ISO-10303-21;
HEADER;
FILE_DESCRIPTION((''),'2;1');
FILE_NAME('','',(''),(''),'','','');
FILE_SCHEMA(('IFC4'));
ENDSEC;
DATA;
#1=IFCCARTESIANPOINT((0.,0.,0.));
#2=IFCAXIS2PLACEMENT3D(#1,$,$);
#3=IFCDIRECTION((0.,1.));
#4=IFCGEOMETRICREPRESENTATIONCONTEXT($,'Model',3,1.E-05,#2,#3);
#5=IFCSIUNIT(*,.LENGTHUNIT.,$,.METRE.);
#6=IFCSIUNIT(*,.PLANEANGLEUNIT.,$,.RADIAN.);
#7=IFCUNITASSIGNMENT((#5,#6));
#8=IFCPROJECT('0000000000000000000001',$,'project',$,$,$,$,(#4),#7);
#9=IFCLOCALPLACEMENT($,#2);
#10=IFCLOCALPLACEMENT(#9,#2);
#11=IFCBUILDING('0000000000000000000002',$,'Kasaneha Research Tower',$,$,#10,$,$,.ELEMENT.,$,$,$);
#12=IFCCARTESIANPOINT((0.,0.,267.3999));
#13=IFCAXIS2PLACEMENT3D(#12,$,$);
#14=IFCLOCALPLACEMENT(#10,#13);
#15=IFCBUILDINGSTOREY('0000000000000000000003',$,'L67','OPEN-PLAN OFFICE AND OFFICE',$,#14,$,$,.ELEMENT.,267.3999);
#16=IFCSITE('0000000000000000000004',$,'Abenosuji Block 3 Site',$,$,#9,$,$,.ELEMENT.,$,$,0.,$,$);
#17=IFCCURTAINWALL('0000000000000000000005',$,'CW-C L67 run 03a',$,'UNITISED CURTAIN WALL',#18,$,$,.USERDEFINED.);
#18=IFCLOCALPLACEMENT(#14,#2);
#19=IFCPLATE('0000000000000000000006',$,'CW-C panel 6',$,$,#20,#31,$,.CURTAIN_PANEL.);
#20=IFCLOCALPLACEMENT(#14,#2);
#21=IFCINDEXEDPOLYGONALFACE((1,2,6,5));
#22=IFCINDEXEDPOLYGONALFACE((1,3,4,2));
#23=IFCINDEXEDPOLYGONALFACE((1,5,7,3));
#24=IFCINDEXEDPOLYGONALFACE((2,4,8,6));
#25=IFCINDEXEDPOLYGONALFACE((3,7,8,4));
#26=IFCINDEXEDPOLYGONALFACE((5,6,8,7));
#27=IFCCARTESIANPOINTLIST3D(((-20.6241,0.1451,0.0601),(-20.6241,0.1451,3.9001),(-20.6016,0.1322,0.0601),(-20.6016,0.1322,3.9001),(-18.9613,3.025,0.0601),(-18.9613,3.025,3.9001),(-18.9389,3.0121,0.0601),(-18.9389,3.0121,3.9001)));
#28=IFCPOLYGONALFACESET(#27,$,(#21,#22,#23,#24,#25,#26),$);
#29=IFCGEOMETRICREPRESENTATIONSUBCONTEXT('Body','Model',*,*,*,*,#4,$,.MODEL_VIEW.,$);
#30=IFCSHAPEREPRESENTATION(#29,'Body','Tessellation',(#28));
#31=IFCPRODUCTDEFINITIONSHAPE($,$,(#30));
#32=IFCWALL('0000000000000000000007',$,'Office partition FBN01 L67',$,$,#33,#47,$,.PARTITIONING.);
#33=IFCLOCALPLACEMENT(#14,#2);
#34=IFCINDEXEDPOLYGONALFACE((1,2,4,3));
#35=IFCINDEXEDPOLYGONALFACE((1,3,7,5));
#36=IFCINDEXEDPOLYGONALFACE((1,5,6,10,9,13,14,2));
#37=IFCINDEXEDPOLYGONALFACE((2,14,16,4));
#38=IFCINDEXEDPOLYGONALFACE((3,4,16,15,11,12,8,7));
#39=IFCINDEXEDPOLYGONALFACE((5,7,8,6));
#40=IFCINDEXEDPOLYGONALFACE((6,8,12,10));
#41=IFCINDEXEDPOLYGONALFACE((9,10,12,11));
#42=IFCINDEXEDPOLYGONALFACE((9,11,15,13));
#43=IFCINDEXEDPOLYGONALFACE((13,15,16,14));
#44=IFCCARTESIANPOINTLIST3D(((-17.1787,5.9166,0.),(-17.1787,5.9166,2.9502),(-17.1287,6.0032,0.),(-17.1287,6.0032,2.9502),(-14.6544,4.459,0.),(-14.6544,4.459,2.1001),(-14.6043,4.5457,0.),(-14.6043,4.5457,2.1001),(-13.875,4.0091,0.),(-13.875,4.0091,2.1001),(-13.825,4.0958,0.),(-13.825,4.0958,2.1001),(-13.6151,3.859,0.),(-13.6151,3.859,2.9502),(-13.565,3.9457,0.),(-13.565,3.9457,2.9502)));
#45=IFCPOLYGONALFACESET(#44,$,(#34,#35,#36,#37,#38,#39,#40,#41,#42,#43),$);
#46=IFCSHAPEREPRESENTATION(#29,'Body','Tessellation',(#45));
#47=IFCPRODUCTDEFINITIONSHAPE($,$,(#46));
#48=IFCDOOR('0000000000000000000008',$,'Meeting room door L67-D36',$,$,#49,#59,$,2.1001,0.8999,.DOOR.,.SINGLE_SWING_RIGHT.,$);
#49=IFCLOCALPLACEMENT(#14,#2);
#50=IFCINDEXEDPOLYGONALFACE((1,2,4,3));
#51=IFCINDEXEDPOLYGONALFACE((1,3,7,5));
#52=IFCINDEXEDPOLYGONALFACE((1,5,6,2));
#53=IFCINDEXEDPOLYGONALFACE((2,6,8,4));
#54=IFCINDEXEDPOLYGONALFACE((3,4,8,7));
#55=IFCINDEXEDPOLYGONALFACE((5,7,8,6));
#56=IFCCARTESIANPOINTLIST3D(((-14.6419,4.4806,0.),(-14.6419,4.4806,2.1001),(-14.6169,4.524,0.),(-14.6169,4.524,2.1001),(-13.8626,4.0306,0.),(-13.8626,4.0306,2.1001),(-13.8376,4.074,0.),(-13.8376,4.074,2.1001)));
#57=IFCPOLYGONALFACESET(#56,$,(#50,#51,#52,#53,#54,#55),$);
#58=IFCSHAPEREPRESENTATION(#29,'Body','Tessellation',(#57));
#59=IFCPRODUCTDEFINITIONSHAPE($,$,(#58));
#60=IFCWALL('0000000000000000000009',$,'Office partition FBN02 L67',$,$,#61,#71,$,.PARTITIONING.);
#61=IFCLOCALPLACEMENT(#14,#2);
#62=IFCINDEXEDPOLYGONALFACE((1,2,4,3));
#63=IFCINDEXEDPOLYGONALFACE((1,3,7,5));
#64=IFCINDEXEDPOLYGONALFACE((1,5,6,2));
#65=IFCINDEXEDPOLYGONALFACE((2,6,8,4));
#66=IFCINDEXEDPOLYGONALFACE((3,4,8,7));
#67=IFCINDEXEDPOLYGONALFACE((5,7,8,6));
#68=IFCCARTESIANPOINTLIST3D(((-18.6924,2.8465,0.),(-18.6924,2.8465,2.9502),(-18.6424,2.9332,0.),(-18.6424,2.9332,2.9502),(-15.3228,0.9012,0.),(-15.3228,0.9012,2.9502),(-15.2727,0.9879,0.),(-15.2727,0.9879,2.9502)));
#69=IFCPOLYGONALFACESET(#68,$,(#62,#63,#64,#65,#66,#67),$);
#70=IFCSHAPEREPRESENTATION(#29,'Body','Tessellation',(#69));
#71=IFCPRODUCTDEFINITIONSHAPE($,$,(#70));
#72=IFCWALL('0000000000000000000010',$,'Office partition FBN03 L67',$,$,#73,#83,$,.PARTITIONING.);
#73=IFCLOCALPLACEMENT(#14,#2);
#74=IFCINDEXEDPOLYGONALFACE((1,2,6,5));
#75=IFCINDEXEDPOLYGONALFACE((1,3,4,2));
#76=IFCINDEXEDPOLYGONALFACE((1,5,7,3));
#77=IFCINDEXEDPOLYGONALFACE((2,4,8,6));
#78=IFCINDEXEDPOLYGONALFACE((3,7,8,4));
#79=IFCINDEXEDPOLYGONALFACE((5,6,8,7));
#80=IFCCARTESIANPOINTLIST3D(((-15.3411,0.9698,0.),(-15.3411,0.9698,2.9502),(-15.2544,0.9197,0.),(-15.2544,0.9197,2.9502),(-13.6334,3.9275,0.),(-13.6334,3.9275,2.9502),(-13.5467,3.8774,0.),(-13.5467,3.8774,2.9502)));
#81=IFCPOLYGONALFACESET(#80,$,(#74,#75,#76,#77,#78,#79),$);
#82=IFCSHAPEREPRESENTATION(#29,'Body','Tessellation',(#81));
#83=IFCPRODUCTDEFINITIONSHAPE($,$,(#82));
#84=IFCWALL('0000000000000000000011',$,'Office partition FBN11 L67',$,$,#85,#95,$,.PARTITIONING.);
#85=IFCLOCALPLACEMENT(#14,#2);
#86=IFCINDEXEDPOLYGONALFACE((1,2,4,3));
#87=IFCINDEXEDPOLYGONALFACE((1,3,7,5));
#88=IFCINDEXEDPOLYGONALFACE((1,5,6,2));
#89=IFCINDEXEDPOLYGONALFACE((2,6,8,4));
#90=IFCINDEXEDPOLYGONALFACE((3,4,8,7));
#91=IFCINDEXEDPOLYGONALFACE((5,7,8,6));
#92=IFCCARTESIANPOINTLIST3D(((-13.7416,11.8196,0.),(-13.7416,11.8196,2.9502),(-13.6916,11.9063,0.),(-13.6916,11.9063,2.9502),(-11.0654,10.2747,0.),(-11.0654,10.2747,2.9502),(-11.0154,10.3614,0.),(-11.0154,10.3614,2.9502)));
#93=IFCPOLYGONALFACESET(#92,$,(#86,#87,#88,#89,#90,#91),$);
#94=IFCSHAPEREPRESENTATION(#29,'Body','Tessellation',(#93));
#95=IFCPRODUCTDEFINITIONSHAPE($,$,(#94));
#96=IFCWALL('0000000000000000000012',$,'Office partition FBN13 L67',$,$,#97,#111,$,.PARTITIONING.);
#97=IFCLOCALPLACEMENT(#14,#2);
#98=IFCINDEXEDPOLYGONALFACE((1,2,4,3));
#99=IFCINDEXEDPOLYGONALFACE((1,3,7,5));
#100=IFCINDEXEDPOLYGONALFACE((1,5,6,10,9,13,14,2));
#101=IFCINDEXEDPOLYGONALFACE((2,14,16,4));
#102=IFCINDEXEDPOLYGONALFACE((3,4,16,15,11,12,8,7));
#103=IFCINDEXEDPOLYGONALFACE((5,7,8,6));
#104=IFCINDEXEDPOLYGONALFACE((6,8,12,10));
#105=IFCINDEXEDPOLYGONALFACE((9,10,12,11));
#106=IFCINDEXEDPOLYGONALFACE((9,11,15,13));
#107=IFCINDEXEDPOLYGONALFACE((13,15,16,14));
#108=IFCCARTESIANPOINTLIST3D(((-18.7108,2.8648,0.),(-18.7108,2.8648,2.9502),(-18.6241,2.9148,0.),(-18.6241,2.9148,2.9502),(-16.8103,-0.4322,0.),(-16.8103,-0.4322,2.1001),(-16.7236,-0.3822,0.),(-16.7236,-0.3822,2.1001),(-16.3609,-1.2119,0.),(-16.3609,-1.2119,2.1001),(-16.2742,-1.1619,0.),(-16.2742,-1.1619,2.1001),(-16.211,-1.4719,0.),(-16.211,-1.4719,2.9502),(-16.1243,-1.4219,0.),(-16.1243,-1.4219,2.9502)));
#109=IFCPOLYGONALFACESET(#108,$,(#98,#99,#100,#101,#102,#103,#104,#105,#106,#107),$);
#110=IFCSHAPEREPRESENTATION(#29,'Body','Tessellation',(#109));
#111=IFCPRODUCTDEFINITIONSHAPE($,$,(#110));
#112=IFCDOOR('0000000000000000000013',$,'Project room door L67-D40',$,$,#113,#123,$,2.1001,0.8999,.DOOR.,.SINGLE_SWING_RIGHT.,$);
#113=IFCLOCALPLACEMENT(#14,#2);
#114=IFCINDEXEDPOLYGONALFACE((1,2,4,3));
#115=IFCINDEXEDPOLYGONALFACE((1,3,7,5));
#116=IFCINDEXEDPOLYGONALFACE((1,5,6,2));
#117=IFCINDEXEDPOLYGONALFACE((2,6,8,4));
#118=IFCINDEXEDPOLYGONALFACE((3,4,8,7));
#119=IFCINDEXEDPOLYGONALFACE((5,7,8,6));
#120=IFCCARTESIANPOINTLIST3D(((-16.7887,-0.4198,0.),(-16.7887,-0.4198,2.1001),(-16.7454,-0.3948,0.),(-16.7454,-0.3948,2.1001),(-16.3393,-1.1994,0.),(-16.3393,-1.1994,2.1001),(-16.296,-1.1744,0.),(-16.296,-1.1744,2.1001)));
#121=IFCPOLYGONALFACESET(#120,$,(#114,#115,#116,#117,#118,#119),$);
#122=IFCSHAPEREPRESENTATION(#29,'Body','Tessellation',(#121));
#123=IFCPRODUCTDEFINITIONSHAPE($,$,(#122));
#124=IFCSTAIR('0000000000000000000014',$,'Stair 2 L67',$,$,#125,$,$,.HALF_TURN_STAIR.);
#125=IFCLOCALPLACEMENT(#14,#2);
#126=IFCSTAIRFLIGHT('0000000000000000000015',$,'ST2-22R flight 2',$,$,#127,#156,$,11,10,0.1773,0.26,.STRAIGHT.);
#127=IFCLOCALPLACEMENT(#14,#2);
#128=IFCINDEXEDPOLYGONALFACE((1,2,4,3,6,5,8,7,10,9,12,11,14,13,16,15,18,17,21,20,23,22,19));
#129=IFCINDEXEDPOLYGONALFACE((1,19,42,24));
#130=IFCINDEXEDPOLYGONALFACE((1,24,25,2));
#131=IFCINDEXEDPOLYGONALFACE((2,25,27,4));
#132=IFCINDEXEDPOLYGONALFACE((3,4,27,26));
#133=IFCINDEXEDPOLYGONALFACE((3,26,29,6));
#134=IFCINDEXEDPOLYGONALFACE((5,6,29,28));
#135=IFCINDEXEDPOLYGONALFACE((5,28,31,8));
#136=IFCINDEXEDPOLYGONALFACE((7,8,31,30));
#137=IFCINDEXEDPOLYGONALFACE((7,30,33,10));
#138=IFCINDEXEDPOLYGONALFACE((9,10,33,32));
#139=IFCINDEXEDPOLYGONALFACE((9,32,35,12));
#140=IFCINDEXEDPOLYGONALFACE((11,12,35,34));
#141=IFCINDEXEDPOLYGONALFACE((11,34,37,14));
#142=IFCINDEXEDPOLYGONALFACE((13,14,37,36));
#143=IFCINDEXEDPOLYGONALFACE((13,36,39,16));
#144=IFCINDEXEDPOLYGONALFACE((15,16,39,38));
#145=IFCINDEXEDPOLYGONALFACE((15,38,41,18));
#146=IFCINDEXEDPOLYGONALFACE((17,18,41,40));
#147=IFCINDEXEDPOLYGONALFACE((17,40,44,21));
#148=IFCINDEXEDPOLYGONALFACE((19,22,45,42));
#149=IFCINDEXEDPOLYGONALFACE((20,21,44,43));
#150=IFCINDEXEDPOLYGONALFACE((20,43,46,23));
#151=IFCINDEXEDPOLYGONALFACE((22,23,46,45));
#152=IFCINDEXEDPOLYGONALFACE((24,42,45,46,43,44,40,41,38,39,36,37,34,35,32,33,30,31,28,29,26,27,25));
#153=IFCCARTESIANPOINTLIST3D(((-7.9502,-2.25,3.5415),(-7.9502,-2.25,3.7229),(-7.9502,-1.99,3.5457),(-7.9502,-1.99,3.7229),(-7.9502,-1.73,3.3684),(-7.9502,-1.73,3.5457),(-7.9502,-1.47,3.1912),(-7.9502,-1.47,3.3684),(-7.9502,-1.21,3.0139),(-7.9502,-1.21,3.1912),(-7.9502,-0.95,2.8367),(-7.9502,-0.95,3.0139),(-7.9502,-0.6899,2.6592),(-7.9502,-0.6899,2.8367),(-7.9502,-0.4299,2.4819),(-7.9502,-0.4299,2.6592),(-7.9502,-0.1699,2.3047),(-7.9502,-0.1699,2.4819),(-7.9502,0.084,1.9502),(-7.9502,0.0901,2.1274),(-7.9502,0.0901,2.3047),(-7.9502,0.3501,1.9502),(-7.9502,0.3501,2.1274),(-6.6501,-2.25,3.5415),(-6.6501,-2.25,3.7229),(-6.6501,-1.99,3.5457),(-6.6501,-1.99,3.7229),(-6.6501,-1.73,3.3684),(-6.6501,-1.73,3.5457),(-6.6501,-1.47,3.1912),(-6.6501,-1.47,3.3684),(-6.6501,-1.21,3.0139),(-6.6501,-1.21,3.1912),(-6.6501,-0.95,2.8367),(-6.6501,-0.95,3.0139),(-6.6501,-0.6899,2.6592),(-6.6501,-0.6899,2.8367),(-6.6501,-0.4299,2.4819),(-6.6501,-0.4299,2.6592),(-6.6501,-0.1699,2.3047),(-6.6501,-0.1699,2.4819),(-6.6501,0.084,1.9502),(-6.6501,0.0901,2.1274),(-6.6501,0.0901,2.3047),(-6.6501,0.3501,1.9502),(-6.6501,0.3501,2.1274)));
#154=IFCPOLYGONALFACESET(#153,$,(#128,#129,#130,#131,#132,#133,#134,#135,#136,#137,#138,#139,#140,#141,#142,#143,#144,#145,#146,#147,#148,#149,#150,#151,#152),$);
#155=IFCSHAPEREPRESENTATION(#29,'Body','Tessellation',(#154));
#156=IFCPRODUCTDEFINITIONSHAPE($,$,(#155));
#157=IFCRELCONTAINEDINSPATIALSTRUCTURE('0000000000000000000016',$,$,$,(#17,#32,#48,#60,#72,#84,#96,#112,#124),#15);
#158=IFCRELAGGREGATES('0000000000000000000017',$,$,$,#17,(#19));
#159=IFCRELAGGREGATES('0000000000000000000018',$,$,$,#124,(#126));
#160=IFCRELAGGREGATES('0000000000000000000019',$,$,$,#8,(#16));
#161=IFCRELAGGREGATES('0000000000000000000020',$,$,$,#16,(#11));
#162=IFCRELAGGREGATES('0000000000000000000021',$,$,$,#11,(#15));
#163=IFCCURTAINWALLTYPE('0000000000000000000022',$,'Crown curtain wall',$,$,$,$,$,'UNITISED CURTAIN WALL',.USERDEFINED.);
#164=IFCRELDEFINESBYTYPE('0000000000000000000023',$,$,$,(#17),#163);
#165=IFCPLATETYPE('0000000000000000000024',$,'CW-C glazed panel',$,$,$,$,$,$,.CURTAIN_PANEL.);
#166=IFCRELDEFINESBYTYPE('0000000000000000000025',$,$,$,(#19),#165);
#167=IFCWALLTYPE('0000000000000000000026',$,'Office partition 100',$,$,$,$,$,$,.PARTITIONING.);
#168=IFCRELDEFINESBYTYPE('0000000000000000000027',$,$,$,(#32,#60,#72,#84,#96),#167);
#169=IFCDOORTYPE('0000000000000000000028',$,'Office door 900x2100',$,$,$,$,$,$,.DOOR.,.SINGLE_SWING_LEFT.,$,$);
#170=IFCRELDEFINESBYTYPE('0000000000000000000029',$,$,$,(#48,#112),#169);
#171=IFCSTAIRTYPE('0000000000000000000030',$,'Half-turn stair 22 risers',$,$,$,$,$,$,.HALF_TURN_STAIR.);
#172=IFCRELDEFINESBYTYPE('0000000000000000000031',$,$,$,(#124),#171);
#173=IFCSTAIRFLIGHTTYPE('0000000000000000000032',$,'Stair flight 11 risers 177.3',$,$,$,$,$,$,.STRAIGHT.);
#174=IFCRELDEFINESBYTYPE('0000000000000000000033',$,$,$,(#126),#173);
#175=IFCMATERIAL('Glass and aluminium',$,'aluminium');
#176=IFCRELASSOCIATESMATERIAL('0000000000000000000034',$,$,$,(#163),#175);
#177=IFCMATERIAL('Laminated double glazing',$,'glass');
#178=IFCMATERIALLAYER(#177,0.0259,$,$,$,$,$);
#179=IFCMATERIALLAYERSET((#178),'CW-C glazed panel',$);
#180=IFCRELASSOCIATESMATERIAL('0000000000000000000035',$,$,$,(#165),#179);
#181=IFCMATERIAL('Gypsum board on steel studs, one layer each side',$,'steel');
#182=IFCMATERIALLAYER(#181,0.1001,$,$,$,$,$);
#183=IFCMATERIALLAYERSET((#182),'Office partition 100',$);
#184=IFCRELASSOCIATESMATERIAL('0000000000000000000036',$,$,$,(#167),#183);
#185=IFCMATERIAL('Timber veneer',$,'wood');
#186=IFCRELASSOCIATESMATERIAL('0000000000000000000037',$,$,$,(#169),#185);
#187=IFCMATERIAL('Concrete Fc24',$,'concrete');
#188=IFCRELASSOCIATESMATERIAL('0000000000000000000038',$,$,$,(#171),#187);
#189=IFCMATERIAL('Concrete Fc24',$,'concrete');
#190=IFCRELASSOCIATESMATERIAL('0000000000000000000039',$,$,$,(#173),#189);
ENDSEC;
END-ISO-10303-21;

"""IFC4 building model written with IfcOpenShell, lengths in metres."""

from ifc_helpers import new_model, si_unit, direction, frame, frame_2d, origin, origin_2d, place, context, subcontext, project, spatial, polyline, rectangle, outline, extrude, material, layer, layer_set, type_object, element, fill, aggregate, save


model = new_model("IFC4")

# Units and contexts
model_context = context("Model", 3, precision=1e-05, world=origin(), true_north=direction((0.0, 1.0)))
body_context = subcontext(model_context, "Body", "Model", "MODEL_VIEW")
ifc_project = project(units=[si_unit("LENGTHUNIT", "METRE"), si_unit("PLANEANGLEUNIT", "RADIAN")], contexts=[model_context])

# Site, building, storey
site_placement = place(None, origin())
site = spatial("IfcSite", under=ifc_project, at=site_placement, Name="Abenosuji Block 3 Site", CompositionType="ELEMENT", RefElevation=0.0)
building_placement = place(site_placement, origin())
building = spatial("IfcBuilding", under=site, at=building_placement, Name="Kasaneha Research Tower", CompositionType="ELEMENT")
storey_placement = place(building_placement, frame((0.0, 0.0, 267.3999)))
storey = spatial("IfcBuildingStorey", under=building, at=storey_placement, Name="L67", Description="OPEN-PLAN OFFICE AND OFFICE", CompositionType="ELEMENT", Elevation=267.3999)

# Curtain wall
ifc_material_1 = material(Name="Glass and aluminium", Category="aluminium")
curtain_wall_type = type_object("IfcCurtainWallType", Name="Crown curtain wall", ElementType="UNITISED CURTAIN WALL", PredefinedType="USERDEFINED", material=ifc_material_1)
curtain_wall_placement = place(storey_placement, origin())
curtain_wall = element("IfcCurtainWall", 1, at=curtain_wall_placement, inside=storey, type_object=curtain_wall_type, Name="CW-C L67 run 03a", ObjectType="UNITISED CURTAIN WALL", PredefinedType="USERDEFINED")

# Plate
ifc_material_2 = material(Name="Laminated double glazing", Category="glass")
ifc_layer_1 = layer(ifc_material_2, 0.0259)
ifc_layer_set_1 = layer_set([ifc_layer_1], Name="CW-C glazed panel")
plate_type = type_object("IfcPlateType", Name="CW-C glazed panel", PredefinedType="CURTAIN_PANEL", material=ifc_layer_set_1)
plate_1_placement = place(storey_placement, frame((-19.7815, 1.5786, 0.0601), z_axis=(0.0, 0.0, 1.0), x_axis=(-0.5, -0.866025, 0.0)))
plate_1 = element("IfcPlate", 2, at=plate_1_placement, type_object=plate_type, Name="CW-C panel 6", PredefinedType="CURTAIN_PANEL", context=body_context, shape_type="SweptSolid", body=[
    extrude(rectangle(XDim=3.3254, YDim=0.0259, at=origin_2d()), origin(), (0.0, 0.0, 1.0), 3.8401),
])
aggregate(curtain_wall, [plate_1])

# Wall, opening, door
ifc_material_3 = material(Name="Gypsum board on steel studs, one layer each side", Category="steel")
ifc_layer_2 = layer(ifc_material_3, 0.1001)
ifc_layer_set_2 = layer_set([ifc_layer_2], Name="Office partition 100")
wall_type_1 = type_object("IfcWallType", Name="Office partition 100", PredefinedType="PARTITIONING", material=ifc_layer_set_2)
wall_1_placement = place(storey_placement, frame((-17.1538, 5.96, 0.0), z_axis=(0.0, 0.0, 1.0), x_axis=(0.866015, -0.500019, 0.0)))
wall_1 = element("IfcWall", 3, at=wall_1_placement, inside=storey, type_object=wall_type_1, Name="Office partition FBN01 L67", PredefinedType="PARTITIONING", context=body_context, shape_type="SweptSolid", body=[
    extrude(rectangle(XDim=4.115, YDim=0.1001, at=frame_2d((2.0576, 0.0))), origin(), (0.0, 0.0, 1.0), 2.9502),
])
opening_1_placement = place(wall_1_placement, frame((2.915, 0.0, 0.0)))
opening_1 = element("IfcOpeningElement", 4, at=opening_1_placement, cuts=wall_1, PredefinedType="OPENING", context=body_context, shape_type="SweptSolid", body=[
    extrude(rectangle(XDim=0.8999, YDim=2.1001, at=frame_2d((0.45, 1.05))), frame((0.0, 0.0601, 0.0), z_axis=(0.0, -1.0, 0.0), x_axis=(1.0, 0.0, 0.0)), (0.0, 0.0, 1.0), 0.1201),
])
ifc_material_4 = material(Name="Timber veneer", Category="wood")
door_type_1 = type_object("IfcDoorType", Name="Office door 900x2100", OperationType="SINGLE_SWING_LEFT", PredefinedType="DOOR", material=ifc_material_4)
door_1_placement = place(opening_1_placement, origin())
door_1 = element("IfcDoor", 5, at=door_1_placement, inside=storey, type_object=door_type_1, Name="Meeting room door L67-D36", OperationType="SINGLE_SWING_RIGHT", OverallHeight=2.1001, OverallWidth=0.8999, PredefinedType="DOOR", context=body_context, shape_type="SweptSolid", body=[
    extrude(rectangle(XDim=0.8999, YDim=2.1001, at=frame_2d((0.45, 1.05))), frame((0.0, 0.0249, 0.0), z_axis=(0.0, -1.0, 0.0), x_axis=(1.0, 0.0, 0.0)), (0.0, 0.0, 1.0), 0.05),
])
fill(opening_1, door_1)

# Walls
wall_2_placement = place(storey_placement, frame((-15.2979, 0.9446, 0.0), z_axis=(0.0, 0.0, 1.0), x_axis=(-0.866041, 0.499972, 0.0)))
element("IfcWall", 6, at=wall_2_placement, inside=storey, type_object=wall_type_1, Name="Office partition FBN02 L67", PredefinedType="PARTITIONING", context=body_context, shape_type="SweptSolid", body=[
    extrude(rectangle(XDim=3.8909, YDim=0.1001, at=frame_2d((1.9453, 0.0))), origin(), (0.0, 0.0, 1.0), 2.9502),
])
wall_3_placement = place(storey_placement, frame((-13.5901, 3.9023, 0.0), z_axis=(0.0, 0.0, 1.0), x_axis=(-0.500022, -0.866013, 0.0)))
element("IfcWall", 7, at=wall_3_placement, inside=storey, type_object=wall_type_1, Name="Office partition FBN03 L67", PredefinedType="PARTITIONING", context=body_context, shape_type="SweptSolid", body=[
    extrude(rectangle(XDim=3.4153, YDim=0.1001, at=frame_2d((1.7075, 0.0))), origin(), (0.0, 0.0, 1.0), 2.9502),
])
wall_4_placement = place(storey_placement, frame((-11.0405, 10.3181, 0.0), z_axis=(0.0, 0.0, 1.0), x_axis=(-0.866057, 0.499946, 0.0)))
element("IfcWall", 8, at=wall_4_placement, inside=storey, type_object=wall_type_1, Name="Office partition FBN11 L67", PredefinedType="PARTITIONING", context=body_context, shape_type="SweptSolid", body=[
    extrude(rectangle(XDim=3.0901, YDim=0.1001, at=frame_2d((1.5449, 0.0))), origin(), (0.0, 0.0, 1.0), 2.9502),
])

# Wall, opening, door
wall_5_placement = place(storey_placement, frame((-18.6675, 2.8899, 0.0), z_axis=(0.0, 0.0, 1.0), x_axis=(0.499397, -0.866373, 0.0)))
wall_5 = element("IfcWall", 9, at=wall_5_placement, inside=storey, type_object=wall_type_1, Name="Office partition FBN13 L67", PredefinedType="PARTITIONING", context=body_context, shape_type="SweptSolid", body=[
    extrude(rectangle(XDim=5.0056, YDim=0.1001, at=frame_2d((2.5029, 0.0))), origin(), (0.0, 0.0, 1.0), 2.9502),
])
opening_2_placement = place(wall_5_placement, frame((3.8057, 0.0, 0.0)))
opening_2 = element("IfcOpeningElement", 10, at=opening_2_placement, cuts=wall_5, PredefinedType="OPENING", context=body_context, shape_type="SweptSolid", body=[
    extrude(rectangle(XDim=0.8999, YDim=2.1001, at=frame_2d((0.45, 1.05))), frame((0.0, 0.0601, 0.0), z_axis=(0.0, -1.0, 0.0), x_axis=(1.0, 0.0, 0.0)), (0.0, 0.0, 1.0), 0.1201),
])
door_2_placement = place(opening_2_placement, origin())
door_2 = element("IfcDoor", 11, at=door_2_placement, inside=storey, type_object=door_type_1, Name="Project room door L67-D40", OperationType="SINGLE_SWING_RIGHT", OverallHeight=2.1001, OverallWidth=0.8999, PredefinedType="DOOR", context=body_context, shape_type="SweptSolid", body=[
    extrude(rectangle(XDim=0.8999, YDim=2.1001, at=frame_2d((0.45, 1.05))), frame((0.0, 0.0249, 0.0), z_axis=(0.0, -1.0, 0.0), x_axis=(1.0, 0.0, 0.0)), (0.0, 0.0, 1.0), 0.05),
])
fill(opening_2, door_2)

# Stair, stair flight
ifc_material_5 = material(Name="Concrete Fc24", Category="concrete")
stair_type = type_object("IfcStairType", Name="Half-turn stair 22 risers", PredefinedType="HALF_TURN_STAIR", material=ifc_material_5)
stair_placement = place(storey_placement, origin())
stair = element("IfcStair", 12, at=stair_placement, inside=storey, type_object=stair_type, Name="Stair 2 L67", PredefinedType="HALF_TURN_STAIR")
ifc_material_6 = material(Name="Concrete Fc24", Category="concrete")
stair_flight_type = type_object("IfcStairFlightType", Name="Stair flight 11 risers 177.3", PredefinedType="STRAIGHT", material=ifc_material_6)
stair_flight_placement = place(storey_placement, frame((-7.3, 0.3501, 1.9502), z_axis=(0.0, 0.0, 1.0), x_axis=(0.0, -1.0, 0.0)))
stair_flight = element("IfcStairFlight", 13, at=stair_flight_placement, type_object=stair_flight_type, Name="ST2-22R flight 2", NumberOfRisers=11, NumberOfTreads=10, PredefinedType="STRAIGHT", RiserHeight=0.1773, TreadLength=0.26, context=body_context, shape_type="SweptSolid", body=[
    extrude(outline(polyline([(0.0, 0.0), (0.0, 0.1772), (0.26, 0.1772), (0.26, 0.3545), (0.52, 0.3545), (0.52, 0.5317), (0.78, 0.5317), (0.78, 0.709), (1.04, 0.709), (1.04, 0.8865), (1.3, 0.8865), (1.3, 1.0637), (1.5601, 1.0637), (1.5601, 1.241), (1.8201, 1.241), (1.8201, 1.4182), (2.0801, 1.4182), (2.0801, 1.5955), (2.3401, 1.5955), (2.3401, 1.7727), (2.6001, 1.7727), (2.6001, 1.95), (2.6001, 1.5913), (0.2661, 0.0), (0.0, 0.0)])), frame((0.0, 0.6499, 0.0), z_axis=(0.0, -1.0, 0.0), x_axis=(1.0, 0.0, 0.0)), (0.0, 0.0, 1.0), 1.3),
])
aggregate(stair, [stair_flight])

save(model, "model.ifc")
